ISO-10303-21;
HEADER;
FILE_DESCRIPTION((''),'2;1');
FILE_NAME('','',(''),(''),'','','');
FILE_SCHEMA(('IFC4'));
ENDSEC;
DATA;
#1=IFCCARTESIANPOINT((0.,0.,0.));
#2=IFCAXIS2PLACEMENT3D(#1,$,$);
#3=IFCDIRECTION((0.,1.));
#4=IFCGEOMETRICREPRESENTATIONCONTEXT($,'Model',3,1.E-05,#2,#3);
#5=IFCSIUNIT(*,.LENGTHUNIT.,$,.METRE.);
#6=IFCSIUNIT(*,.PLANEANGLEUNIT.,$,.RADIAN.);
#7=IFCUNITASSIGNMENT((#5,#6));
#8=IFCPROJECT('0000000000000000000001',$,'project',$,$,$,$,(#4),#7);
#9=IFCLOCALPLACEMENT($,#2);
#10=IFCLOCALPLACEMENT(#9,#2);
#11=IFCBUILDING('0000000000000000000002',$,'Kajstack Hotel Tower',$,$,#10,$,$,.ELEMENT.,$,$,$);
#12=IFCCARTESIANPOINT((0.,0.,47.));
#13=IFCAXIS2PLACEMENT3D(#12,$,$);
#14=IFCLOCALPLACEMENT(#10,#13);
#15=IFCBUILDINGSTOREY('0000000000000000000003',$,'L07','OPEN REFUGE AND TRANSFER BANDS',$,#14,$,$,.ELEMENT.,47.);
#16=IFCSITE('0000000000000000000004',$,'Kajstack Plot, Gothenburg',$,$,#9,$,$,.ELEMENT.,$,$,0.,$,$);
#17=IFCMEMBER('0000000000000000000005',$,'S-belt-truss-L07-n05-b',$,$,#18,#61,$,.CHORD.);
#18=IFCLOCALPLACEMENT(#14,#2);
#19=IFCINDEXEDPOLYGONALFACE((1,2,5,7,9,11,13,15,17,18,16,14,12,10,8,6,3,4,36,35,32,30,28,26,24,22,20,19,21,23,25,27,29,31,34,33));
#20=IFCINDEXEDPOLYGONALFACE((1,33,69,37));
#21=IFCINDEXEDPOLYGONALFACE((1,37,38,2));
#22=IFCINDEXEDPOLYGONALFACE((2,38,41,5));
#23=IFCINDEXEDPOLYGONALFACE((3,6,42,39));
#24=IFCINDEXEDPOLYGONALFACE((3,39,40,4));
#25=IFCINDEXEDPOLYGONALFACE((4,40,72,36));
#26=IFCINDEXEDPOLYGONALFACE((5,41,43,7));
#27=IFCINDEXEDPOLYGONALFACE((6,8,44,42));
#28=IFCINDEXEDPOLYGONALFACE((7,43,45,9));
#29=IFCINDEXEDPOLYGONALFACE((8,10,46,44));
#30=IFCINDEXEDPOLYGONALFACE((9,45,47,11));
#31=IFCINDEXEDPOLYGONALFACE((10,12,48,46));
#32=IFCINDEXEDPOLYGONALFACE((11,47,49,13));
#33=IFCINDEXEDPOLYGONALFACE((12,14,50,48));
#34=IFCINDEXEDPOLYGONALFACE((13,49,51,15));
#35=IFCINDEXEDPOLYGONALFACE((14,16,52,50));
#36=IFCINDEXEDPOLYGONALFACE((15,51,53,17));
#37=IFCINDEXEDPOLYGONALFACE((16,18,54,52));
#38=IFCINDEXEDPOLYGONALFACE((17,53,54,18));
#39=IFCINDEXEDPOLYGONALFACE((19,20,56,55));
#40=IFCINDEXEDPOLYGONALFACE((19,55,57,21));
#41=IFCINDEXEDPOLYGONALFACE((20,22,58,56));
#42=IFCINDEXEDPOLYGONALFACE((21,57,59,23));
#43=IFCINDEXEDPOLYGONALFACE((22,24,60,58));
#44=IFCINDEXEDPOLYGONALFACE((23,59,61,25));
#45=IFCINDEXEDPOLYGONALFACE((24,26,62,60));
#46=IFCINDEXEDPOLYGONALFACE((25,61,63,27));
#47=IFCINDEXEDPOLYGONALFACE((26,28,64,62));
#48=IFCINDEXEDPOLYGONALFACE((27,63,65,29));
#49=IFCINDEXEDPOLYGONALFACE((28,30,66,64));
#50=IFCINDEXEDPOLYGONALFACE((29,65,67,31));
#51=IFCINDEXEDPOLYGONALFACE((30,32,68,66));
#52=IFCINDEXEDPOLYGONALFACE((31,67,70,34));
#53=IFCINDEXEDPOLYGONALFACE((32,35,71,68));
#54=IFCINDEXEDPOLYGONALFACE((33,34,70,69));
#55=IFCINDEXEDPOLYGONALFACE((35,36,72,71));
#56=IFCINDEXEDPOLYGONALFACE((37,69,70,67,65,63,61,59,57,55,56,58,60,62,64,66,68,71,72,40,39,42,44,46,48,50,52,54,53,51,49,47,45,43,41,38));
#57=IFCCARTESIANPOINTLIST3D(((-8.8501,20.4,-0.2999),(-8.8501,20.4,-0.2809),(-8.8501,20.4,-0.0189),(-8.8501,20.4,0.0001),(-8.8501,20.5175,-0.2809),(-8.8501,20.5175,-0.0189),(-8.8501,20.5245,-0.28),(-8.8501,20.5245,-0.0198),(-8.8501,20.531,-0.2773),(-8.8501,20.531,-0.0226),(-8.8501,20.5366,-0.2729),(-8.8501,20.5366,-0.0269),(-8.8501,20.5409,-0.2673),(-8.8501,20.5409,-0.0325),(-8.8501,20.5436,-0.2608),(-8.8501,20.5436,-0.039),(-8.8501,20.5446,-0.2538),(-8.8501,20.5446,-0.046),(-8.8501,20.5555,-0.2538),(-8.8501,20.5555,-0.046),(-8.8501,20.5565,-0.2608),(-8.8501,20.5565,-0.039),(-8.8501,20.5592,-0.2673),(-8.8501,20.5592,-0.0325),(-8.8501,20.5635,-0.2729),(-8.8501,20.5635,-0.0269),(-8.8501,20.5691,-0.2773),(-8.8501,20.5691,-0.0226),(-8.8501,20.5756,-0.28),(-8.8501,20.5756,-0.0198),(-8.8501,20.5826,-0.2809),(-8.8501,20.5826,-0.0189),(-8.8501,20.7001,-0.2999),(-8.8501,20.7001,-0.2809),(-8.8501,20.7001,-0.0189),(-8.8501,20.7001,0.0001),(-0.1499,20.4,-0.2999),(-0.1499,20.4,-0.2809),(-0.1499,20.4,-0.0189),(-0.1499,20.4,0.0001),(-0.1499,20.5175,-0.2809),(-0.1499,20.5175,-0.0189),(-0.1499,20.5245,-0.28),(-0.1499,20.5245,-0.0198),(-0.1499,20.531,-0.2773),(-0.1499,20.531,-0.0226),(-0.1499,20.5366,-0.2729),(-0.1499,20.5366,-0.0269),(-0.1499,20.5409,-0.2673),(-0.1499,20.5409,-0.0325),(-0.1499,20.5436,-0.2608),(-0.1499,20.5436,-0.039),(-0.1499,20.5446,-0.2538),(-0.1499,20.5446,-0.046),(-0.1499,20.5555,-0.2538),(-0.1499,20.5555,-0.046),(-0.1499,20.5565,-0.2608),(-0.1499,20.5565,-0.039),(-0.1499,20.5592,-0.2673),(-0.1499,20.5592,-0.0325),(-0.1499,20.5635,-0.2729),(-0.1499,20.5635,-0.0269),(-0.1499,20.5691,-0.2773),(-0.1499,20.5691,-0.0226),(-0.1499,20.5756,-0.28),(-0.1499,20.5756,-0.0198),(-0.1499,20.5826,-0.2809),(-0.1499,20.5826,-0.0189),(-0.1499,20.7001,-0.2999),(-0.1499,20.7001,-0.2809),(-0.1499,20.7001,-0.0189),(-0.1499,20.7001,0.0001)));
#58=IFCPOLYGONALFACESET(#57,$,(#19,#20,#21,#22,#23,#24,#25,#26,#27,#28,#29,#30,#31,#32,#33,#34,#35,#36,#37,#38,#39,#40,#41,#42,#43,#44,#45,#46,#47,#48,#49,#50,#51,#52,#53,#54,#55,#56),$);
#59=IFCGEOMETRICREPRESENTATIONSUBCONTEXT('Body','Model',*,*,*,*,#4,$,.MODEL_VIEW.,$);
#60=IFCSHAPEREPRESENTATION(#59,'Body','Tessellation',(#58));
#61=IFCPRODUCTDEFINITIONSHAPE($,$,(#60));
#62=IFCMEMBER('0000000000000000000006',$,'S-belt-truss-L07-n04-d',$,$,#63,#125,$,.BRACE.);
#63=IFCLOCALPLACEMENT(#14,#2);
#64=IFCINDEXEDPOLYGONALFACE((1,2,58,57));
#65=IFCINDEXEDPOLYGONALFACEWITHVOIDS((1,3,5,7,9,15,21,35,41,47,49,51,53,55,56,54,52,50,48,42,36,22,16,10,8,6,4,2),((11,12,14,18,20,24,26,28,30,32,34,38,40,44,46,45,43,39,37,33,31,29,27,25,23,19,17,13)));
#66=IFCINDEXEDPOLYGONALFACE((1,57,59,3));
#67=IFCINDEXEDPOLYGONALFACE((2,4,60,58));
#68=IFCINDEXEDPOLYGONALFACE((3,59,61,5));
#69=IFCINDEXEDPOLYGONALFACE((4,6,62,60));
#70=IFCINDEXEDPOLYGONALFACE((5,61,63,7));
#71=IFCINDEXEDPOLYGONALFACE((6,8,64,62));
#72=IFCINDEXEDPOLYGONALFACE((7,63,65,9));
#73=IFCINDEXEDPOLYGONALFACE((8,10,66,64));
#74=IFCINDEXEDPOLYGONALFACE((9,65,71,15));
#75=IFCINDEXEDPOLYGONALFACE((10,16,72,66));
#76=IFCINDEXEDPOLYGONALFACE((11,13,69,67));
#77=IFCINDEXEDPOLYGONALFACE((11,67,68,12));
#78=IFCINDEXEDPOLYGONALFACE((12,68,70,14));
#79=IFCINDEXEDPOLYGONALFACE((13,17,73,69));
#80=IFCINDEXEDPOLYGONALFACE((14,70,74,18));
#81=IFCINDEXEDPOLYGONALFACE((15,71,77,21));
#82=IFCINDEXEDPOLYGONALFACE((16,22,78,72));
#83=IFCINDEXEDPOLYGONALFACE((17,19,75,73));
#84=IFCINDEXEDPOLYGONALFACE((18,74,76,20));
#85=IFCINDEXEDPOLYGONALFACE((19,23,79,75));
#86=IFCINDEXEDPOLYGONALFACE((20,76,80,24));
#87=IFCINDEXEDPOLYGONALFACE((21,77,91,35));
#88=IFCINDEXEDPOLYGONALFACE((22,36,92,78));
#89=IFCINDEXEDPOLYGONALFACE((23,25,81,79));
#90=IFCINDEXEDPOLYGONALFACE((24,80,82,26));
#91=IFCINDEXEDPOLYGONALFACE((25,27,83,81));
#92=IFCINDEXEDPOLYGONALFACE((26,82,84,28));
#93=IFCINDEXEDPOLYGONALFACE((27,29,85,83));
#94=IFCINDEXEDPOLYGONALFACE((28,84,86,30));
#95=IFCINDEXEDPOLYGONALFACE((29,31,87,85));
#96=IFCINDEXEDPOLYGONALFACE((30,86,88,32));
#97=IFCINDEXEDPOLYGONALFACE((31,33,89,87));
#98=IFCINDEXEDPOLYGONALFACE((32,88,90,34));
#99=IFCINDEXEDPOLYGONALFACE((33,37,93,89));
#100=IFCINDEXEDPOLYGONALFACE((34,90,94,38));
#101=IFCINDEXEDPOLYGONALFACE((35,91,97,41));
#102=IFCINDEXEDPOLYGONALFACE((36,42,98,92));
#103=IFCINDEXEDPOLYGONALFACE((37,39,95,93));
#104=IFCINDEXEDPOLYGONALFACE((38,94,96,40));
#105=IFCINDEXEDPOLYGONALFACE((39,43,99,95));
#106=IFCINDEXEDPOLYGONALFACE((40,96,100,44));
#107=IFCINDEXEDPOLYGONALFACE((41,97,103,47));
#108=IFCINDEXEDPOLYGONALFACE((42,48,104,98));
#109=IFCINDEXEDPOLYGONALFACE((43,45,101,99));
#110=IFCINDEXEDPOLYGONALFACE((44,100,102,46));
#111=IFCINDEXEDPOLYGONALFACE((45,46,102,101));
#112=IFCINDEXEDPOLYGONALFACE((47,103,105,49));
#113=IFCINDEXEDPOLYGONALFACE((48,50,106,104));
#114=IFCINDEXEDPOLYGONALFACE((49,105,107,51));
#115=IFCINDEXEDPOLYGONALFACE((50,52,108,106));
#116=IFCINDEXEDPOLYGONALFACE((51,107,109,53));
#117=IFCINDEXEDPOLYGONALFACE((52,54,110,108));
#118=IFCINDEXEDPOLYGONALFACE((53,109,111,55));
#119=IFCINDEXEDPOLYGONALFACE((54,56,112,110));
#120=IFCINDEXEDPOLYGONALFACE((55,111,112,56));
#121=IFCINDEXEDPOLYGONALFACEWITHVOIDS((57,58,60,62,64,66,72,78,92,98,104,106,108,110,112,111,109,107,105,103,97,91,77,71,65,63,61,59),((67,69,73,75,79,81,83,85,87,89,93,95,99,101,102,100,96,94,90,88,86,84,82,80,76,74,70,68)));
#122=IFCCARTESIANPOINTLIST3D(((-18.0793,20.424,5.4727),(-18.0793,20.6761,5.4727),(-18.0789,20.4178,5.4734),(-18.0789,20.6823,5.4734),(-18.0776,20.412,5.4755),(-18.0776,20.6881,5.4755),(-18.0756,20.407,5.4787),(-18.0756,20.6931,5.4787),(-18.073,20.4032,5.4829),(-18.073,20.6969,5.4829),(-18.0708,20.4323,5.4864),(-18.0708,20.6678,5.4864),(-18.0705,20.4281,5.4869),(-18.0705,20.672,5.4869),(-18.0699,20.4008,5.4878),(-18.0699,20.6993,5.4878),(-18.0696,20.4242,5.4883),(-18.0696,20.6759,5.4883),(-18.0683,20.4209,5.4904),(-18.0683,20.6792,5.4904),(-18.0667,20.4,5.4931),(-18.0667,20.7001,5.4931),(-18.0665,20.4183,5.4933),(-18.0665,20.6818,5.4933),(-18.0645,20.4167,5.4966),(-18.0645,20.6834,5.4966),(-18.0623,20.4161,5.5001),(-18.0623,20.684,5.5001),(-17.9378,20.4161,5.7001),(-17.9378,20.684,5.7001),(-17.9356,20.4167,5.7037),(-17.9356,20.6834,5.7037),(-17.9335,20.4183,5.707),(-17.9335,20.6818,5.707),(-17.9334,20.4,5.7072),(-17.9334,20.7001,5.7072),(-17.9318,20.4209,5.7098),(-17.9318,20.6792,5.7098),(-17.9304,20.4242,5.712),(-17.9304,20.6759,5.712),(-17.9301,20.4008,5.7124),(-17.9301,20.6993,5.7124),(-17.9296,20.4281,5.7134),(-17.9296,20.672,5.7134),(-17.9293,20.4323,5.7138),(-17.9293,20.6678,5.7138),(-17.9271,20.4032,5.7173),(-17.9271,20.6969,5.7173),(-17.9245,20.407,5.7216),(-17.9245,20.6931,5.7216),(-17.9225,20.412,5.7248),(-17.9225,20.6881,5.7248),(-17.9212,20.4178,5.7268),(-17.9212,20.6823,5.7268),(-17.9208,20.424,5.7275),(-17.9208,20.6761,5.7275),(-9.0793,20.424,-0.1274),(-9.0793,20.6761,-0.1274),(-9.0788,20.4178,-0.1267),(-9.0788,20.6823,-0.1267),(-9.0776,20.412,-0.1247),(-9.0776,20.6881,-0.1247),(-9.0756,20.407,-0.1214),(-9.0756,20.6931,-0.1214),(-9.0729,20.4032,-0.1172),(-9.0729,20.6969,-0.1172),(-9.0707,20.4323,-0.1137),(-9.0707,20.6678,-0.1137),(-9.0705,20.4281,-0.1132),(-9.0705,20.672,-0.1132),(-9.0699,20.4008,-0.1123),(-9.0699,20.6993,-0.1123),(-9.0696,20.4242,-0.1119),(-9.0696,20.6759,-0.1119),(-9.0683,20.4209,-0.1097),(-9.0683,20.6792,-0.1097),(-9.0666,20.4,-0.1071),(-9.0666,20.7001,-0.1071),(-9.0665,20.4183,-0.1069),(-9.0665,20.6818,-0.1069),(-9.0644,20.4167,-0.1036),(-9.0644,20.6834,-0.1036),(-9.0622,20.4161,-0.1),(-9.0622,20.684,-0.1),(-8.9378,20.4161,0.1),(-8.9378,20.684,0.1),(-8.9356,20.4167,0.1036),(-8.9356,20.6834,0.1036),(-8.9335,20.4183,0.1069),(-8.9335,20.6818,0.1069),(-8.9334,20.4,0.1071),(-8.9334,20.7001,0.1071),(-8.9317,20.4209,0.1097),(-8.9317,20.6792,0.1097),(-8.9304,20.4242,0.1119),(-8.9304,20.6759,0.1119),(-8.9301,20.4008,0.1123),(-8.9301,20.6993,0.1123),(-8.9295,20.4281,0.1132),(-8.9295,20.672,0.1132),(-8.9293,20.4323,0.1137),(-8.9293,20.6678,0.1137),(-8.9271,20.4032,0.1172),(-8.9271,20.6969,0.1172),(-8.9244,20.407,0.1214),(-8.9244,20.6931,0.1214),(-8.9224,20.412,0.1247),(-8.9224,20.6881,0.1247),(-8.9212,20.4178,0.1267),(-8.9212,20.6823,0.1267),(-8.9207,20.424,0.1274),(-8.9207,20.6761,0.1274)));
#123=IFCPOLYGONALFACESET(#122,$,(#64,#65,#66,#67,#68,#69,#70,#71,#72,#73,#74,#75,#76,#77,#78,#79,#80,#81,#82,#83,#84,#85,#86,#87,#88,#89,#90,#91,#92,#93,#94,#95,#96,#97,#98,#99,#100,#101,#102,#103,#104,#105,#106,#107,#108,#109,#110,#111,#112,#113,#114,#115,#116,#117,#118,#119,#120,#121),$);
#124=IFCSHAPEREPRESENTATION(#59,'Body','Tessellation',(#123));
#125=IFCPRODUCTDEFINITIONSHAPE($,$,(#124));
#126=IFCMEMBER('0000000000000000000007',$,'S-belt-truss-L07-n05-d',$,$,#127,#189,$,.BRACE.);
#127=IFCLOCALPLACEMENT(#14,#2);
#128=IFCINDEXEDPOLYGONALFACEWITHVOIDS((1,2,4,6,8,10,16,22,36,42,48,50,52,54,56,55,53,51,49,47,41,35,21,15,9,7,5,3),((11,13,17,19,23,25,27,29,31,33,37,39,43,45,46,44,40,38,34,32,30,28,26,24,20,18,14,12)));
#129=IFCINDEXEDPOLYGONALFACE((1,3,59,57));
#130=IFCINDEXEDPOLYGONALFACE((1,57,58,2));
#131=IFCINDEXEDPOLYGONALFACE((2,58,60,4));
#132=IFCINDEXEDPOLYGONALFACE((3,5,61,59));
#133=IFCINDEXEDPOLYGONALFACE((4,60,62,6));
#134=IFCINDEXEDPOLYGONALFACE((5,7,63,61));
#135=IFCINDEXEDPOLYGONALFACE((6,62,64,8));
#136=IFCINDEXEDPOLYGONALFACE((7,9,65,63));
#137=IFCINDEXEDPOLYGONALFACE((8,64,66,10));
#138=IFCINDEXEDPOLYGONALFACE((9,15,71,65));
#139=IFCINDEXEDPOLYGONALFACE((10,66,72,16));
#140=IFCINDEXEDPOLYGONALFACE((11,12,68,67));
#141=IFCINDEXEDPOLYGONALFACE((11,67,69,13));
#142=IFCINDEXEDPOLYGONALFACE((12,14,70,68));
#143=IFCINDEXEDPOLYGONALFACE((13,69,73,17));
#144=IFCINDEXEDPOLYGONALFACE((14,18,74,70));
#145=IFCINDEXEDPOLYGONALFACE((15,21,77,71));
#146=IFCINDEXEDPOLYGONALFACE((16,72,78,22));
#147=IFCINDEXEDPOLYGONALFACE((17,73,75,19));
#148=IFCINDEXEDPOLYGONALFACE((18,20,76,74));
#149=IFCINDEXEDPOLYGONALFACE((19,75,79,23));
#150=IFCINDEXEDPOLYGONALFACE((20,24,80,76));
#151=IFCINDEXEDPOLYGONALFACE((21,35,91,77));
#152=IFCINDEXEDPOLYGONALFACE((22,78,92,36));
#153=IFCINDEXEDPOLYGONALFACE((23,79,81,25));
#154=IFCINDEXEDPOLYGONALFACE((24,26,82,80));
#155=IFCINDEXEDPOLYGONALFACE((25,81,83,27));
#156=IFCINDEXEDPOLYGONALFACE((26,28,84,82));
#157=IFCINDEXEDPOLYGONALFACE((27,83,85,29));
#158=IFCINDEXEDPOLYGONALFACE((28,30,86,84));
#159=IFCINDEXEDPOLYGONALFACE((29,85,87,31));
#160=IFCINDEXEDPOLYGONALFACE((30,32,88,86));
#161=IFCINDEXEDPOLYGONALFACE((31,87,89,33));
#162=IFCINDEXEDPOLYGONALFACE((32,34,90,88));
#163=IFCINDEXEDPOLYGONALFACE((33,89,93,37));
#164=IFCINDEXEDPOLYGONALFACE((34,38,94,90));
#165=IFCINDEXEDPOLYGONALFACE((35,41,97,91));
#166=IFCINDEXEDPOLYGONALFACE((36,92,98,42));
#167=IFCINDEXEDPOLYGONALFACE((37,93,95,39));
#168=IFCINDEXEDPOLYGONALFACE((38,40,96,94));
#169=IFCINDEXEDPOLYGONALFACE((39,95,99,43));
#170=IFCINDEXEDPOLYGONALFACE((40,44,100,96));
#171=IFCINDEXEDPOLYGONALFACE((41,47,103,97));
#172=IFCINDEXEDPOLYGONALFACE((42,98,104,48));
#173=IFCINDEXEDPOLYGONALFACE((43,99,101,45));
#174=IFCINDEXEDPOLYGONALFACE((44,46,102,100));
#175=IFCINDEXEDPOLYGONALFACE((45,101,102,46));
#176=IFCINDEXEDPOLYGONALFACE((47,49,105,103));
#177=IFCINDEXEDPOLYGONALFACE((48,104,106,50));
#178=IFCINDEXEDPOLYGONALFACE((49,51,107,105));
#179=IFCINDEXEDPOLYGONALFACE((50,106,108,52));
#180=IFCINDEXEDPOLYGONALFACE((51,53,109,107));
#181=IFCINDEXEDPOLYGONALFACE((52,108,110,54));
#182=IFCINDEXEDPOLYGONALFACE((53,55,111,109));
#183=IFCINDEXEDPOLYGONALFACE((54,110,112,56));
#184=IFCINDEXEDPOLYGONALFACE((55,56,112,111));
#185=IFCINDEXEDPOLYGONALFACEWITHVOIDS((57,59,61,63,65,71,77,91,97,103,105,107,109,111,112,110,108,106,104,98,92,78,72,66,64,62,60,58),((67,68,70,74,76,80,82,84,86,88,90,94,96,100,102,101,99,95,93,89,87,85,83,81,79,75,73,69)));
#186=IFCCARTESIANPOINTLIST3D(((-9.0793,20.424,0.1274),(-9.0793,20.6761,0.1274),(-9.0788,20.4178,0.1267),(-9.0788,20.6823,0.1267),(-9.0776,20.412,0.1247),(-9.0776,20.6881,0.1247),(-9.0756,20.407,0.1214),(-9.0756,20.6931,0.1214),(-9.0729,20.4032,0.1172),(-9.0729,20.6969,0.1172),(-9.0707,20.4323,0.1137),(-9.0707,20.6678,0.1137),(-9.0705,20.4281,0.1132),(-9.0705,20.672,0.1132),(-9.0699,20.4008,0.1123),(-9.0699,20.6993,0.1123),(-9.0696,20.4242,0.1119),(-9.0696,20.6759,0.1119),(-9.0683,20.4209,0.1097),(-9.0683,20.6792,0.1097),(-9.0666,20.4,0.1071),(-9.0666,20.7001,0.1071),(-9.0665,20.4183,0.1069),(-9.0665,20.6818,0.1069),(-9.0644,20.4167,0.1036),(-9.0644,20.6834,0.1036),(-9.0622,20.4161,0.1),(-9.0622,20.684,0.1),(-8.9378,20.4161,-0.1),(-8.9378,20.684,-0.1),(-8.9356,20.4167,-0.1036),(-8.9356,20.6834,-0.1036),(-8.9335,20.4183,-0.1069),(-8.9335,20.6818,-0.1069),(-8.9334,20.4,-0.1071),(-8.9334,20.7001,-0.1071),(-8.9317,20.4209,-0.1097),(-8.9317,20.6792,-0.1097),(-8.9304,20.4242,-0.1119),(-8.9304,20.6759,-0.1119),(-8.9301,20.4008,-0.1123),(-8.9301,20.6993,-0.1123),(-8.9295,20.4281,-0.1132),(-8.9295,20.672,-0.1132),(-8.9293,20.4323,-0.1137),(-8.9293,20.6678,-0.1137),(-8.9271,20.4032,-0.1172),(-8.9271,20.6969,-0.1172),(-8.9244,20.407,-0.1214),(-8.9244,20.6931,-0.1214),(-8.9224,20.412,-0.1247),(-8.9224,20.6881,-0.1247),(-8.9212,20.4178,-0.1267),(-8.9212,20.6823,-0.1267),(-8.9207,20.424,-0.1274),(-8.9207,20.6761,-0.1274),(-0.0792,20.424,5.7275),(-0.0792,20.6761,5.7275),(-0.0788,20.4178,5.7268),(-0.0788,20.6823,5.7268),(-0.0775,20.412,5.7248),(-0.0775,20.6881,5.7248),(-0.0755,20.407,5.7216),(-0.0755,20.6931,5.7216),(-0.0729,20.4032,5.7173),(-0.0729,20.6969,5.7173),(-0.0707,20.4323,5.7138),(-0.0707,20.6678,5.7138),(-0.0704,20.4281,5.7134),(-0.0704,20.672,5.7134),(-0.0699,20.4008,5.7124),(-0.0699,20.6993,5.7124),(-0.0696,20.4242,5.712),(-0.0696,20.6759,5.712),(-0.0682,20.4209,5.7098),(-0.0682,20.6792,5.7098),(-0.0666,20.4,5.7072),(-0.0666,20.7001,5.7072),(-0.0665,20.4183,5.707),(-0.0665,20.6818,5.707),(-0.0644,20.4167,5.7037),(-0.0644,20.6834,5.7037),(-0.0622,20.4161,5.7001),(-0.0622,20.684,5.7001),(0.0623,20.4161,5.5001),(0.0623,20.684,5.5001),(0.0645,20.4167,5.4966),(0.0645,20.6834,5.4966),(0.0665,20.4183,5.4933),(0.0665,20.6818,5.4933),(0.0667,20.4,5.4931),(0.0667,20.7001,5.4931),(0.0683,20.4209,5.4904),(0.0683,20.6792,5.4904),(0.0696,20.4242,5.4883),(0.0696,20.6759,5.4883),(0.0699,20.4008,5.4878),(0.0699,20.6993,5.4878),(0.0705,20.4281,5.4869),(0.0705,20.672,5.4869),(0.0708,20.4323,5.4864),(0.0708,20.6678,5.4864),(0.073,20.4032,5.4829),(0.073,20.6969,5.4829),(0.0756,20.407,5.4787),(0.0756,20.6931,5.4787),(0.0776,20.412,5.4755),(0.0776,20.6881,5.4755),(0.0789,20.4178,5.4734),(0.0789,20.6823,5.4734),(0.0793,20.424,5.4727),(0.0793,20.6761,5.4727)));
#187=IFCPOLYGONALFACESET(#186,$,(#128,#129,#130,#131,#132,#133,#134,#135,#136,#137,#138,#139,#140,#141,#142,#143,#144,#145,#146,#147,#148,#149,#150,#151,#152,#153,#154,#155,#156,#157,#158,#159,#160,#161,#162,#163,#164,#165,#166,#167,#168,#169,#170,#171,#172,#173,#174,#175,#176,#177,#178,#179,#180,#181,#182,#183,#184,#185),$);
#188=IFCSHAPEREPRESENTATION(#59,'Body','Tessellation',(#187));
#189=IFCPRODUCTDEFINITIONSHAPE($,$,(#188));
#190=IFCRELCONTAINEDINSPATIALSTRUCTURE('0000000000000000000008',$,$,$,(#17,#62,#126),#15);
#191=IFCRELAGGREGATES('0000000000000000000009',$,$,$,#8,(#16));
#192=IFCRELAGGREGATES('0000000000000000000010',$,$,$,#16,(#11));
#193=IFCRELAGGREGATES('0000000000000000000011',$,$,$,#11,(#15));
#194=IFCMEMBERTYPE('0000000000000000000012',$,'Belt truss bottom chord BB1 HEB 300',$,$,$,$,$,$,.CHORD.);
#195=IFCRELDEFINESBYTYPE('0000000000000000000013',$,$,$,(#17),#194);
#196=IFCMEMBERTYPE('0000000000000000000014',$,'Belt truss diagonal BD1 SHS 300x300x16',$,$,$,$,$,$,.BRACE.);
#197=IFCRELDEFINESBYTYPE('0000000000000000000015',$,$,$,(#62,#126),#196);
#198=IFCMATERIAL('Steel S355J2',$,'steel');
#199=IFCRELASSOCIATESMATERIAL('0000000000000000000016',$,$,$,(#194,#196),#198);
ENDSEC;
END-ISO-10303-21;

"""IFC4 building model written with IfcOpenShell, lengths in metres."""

from ifc_helpers import new_model, si_unit, direction, frame, origin, origin_2d, place, context, subcontext, project, spatial, hollow_rectangle, i_section, extrude, material, material_profile, profile_set, type_object, element, save


model = new_model("IFC4")

# Units and contexts
model_context = context("Model", 3, precision=1e-05, world=origin(), true_north=direction((0.0, 1.0)))
body_context = subcontext(model_context, "Body", "Model", "MODEL_VIEW")
ifc_project = project(units=[si_unit("LENGTHUNIT", "METRE"), si_unit("PLANEANGLEUNIT", "RADIAN")], contexts=[model_context])

# Site, building, storey
site_placement = place(None, origin())
site = spatial("IfcSite", under=ifc_project, at=site_placement, Name="Kajstack Plot, Gothenburg", CompositionType="ELEMENT", RefElevation=0.0)
building_placement = place(site_placement, origin())
building = spatial("IfcBuilding", under=site, at=building_placement, Name="Kajstack Hotel Tower", CompositionType="ELEMENT")
storey_placement = place(building_placement, frame((0.0, 0.0, 47.0)))
storey = spatial("IfcBuildingStorey", under=building, at=storey_placement, Name="L07", Description="OPEN REFUGE AND TRANSFER BANDS", CompositionType="ELEMENT", Elevation=47.0)

# Members
ifc_material = material(Name="Steel S355J2", Category="steel")
ifc_material_profile_1 = material_profile(ifc_material, i_section(OverallWidth=0.3, OverallDepth=0.3, WebThickness=0.011, FlangeThickness=0.019, FilletRadius=0.0271, at=origin_2d()), Name="HEB 300")
ifc_profile_set_1 = profile_set([ifc_material_profile_1], Name="Steel S355J2")
member_type_1 = type_object("IfcMemberType", Name="Belt truss bottom chord BB1 HEB 300", PredefinedType="CHORD", material=ifc_profile_set_1)
member_1_placement = place(storey_placement, frame((-8.8501, 20.55, -0.1499), z_axis=(1.0, 0.0, 0.0), x_axis=(0.0, 1.0, 0.0)))
element("IfcMember", 1, at=member_1_placement, inside=storey, type_object=member_type_1, Name="S-belt-truss-L07-n05-b", PredefinedType="CHORD", context=body_context, shape_type="SweptSolid", body=[
    extrude(i_section(OverallWidth=0.3, OverallDepth=0.3, WebThickness=0.011, FlangeThickness=0.019, FilletRadius=0.0271, at=origin_2d()), origin(), (0.0, 0.0, 1.0), 8.7002),
])
ifc_material_profile_2 = material_profile(ifc_material, hollow_rectangle(XDim=0.3, YDim=0.3, WallThickness=0.0161, InnerFilletRadius=0.0161, OuterFilletRadius=0.0239, at=origin_2d()), Name="SHS 300x300x16")
ifc_profile_set_2 = profile_set([ifc_material_profile_2], Name="Steel S355J2")
member_type_2 = type_object("IfcMemberType", Name="Belt truss diagonal BD1 SHS 300x300x16", PredefinedType="BRACE", material=ifc_profile_set_2)
for number, where, z_axis, x_axis, name in (
    (2, (-9.0, 20.55, 0.0), (-0.849052, 0.0, 0.528309), (0.0, -1.0, 0.0), "S-belt-truss-L07-n04-d"),
    (3, (-9.0, 20.55, 0.0), (0.849052, 0.0, 0.528309), (0.0, 1.0, 0.0), "S-belt-truss-L07-n05-d"),
):
    element("IfcMember", number, at=place(storey_placement, frame(where, z_axis=z_axis, x_axis=x_axis)), inside=storey, type_object=member_type_2, Name=name, PredefinedType="BRACE", context=body_context, shape_type="SweptSolid", body=[
        extrude(hollow_rectangle(XDim=0.3, YDim=0.3, WallThickness=0.0161, InnerFilletRadius=0.0161, OuterFilletRadius=0.0239, at=origin_2d()), origin(), (0.0, 0.0, 1.0), 10.6001),
    ])

save(model, "model.ifc")
